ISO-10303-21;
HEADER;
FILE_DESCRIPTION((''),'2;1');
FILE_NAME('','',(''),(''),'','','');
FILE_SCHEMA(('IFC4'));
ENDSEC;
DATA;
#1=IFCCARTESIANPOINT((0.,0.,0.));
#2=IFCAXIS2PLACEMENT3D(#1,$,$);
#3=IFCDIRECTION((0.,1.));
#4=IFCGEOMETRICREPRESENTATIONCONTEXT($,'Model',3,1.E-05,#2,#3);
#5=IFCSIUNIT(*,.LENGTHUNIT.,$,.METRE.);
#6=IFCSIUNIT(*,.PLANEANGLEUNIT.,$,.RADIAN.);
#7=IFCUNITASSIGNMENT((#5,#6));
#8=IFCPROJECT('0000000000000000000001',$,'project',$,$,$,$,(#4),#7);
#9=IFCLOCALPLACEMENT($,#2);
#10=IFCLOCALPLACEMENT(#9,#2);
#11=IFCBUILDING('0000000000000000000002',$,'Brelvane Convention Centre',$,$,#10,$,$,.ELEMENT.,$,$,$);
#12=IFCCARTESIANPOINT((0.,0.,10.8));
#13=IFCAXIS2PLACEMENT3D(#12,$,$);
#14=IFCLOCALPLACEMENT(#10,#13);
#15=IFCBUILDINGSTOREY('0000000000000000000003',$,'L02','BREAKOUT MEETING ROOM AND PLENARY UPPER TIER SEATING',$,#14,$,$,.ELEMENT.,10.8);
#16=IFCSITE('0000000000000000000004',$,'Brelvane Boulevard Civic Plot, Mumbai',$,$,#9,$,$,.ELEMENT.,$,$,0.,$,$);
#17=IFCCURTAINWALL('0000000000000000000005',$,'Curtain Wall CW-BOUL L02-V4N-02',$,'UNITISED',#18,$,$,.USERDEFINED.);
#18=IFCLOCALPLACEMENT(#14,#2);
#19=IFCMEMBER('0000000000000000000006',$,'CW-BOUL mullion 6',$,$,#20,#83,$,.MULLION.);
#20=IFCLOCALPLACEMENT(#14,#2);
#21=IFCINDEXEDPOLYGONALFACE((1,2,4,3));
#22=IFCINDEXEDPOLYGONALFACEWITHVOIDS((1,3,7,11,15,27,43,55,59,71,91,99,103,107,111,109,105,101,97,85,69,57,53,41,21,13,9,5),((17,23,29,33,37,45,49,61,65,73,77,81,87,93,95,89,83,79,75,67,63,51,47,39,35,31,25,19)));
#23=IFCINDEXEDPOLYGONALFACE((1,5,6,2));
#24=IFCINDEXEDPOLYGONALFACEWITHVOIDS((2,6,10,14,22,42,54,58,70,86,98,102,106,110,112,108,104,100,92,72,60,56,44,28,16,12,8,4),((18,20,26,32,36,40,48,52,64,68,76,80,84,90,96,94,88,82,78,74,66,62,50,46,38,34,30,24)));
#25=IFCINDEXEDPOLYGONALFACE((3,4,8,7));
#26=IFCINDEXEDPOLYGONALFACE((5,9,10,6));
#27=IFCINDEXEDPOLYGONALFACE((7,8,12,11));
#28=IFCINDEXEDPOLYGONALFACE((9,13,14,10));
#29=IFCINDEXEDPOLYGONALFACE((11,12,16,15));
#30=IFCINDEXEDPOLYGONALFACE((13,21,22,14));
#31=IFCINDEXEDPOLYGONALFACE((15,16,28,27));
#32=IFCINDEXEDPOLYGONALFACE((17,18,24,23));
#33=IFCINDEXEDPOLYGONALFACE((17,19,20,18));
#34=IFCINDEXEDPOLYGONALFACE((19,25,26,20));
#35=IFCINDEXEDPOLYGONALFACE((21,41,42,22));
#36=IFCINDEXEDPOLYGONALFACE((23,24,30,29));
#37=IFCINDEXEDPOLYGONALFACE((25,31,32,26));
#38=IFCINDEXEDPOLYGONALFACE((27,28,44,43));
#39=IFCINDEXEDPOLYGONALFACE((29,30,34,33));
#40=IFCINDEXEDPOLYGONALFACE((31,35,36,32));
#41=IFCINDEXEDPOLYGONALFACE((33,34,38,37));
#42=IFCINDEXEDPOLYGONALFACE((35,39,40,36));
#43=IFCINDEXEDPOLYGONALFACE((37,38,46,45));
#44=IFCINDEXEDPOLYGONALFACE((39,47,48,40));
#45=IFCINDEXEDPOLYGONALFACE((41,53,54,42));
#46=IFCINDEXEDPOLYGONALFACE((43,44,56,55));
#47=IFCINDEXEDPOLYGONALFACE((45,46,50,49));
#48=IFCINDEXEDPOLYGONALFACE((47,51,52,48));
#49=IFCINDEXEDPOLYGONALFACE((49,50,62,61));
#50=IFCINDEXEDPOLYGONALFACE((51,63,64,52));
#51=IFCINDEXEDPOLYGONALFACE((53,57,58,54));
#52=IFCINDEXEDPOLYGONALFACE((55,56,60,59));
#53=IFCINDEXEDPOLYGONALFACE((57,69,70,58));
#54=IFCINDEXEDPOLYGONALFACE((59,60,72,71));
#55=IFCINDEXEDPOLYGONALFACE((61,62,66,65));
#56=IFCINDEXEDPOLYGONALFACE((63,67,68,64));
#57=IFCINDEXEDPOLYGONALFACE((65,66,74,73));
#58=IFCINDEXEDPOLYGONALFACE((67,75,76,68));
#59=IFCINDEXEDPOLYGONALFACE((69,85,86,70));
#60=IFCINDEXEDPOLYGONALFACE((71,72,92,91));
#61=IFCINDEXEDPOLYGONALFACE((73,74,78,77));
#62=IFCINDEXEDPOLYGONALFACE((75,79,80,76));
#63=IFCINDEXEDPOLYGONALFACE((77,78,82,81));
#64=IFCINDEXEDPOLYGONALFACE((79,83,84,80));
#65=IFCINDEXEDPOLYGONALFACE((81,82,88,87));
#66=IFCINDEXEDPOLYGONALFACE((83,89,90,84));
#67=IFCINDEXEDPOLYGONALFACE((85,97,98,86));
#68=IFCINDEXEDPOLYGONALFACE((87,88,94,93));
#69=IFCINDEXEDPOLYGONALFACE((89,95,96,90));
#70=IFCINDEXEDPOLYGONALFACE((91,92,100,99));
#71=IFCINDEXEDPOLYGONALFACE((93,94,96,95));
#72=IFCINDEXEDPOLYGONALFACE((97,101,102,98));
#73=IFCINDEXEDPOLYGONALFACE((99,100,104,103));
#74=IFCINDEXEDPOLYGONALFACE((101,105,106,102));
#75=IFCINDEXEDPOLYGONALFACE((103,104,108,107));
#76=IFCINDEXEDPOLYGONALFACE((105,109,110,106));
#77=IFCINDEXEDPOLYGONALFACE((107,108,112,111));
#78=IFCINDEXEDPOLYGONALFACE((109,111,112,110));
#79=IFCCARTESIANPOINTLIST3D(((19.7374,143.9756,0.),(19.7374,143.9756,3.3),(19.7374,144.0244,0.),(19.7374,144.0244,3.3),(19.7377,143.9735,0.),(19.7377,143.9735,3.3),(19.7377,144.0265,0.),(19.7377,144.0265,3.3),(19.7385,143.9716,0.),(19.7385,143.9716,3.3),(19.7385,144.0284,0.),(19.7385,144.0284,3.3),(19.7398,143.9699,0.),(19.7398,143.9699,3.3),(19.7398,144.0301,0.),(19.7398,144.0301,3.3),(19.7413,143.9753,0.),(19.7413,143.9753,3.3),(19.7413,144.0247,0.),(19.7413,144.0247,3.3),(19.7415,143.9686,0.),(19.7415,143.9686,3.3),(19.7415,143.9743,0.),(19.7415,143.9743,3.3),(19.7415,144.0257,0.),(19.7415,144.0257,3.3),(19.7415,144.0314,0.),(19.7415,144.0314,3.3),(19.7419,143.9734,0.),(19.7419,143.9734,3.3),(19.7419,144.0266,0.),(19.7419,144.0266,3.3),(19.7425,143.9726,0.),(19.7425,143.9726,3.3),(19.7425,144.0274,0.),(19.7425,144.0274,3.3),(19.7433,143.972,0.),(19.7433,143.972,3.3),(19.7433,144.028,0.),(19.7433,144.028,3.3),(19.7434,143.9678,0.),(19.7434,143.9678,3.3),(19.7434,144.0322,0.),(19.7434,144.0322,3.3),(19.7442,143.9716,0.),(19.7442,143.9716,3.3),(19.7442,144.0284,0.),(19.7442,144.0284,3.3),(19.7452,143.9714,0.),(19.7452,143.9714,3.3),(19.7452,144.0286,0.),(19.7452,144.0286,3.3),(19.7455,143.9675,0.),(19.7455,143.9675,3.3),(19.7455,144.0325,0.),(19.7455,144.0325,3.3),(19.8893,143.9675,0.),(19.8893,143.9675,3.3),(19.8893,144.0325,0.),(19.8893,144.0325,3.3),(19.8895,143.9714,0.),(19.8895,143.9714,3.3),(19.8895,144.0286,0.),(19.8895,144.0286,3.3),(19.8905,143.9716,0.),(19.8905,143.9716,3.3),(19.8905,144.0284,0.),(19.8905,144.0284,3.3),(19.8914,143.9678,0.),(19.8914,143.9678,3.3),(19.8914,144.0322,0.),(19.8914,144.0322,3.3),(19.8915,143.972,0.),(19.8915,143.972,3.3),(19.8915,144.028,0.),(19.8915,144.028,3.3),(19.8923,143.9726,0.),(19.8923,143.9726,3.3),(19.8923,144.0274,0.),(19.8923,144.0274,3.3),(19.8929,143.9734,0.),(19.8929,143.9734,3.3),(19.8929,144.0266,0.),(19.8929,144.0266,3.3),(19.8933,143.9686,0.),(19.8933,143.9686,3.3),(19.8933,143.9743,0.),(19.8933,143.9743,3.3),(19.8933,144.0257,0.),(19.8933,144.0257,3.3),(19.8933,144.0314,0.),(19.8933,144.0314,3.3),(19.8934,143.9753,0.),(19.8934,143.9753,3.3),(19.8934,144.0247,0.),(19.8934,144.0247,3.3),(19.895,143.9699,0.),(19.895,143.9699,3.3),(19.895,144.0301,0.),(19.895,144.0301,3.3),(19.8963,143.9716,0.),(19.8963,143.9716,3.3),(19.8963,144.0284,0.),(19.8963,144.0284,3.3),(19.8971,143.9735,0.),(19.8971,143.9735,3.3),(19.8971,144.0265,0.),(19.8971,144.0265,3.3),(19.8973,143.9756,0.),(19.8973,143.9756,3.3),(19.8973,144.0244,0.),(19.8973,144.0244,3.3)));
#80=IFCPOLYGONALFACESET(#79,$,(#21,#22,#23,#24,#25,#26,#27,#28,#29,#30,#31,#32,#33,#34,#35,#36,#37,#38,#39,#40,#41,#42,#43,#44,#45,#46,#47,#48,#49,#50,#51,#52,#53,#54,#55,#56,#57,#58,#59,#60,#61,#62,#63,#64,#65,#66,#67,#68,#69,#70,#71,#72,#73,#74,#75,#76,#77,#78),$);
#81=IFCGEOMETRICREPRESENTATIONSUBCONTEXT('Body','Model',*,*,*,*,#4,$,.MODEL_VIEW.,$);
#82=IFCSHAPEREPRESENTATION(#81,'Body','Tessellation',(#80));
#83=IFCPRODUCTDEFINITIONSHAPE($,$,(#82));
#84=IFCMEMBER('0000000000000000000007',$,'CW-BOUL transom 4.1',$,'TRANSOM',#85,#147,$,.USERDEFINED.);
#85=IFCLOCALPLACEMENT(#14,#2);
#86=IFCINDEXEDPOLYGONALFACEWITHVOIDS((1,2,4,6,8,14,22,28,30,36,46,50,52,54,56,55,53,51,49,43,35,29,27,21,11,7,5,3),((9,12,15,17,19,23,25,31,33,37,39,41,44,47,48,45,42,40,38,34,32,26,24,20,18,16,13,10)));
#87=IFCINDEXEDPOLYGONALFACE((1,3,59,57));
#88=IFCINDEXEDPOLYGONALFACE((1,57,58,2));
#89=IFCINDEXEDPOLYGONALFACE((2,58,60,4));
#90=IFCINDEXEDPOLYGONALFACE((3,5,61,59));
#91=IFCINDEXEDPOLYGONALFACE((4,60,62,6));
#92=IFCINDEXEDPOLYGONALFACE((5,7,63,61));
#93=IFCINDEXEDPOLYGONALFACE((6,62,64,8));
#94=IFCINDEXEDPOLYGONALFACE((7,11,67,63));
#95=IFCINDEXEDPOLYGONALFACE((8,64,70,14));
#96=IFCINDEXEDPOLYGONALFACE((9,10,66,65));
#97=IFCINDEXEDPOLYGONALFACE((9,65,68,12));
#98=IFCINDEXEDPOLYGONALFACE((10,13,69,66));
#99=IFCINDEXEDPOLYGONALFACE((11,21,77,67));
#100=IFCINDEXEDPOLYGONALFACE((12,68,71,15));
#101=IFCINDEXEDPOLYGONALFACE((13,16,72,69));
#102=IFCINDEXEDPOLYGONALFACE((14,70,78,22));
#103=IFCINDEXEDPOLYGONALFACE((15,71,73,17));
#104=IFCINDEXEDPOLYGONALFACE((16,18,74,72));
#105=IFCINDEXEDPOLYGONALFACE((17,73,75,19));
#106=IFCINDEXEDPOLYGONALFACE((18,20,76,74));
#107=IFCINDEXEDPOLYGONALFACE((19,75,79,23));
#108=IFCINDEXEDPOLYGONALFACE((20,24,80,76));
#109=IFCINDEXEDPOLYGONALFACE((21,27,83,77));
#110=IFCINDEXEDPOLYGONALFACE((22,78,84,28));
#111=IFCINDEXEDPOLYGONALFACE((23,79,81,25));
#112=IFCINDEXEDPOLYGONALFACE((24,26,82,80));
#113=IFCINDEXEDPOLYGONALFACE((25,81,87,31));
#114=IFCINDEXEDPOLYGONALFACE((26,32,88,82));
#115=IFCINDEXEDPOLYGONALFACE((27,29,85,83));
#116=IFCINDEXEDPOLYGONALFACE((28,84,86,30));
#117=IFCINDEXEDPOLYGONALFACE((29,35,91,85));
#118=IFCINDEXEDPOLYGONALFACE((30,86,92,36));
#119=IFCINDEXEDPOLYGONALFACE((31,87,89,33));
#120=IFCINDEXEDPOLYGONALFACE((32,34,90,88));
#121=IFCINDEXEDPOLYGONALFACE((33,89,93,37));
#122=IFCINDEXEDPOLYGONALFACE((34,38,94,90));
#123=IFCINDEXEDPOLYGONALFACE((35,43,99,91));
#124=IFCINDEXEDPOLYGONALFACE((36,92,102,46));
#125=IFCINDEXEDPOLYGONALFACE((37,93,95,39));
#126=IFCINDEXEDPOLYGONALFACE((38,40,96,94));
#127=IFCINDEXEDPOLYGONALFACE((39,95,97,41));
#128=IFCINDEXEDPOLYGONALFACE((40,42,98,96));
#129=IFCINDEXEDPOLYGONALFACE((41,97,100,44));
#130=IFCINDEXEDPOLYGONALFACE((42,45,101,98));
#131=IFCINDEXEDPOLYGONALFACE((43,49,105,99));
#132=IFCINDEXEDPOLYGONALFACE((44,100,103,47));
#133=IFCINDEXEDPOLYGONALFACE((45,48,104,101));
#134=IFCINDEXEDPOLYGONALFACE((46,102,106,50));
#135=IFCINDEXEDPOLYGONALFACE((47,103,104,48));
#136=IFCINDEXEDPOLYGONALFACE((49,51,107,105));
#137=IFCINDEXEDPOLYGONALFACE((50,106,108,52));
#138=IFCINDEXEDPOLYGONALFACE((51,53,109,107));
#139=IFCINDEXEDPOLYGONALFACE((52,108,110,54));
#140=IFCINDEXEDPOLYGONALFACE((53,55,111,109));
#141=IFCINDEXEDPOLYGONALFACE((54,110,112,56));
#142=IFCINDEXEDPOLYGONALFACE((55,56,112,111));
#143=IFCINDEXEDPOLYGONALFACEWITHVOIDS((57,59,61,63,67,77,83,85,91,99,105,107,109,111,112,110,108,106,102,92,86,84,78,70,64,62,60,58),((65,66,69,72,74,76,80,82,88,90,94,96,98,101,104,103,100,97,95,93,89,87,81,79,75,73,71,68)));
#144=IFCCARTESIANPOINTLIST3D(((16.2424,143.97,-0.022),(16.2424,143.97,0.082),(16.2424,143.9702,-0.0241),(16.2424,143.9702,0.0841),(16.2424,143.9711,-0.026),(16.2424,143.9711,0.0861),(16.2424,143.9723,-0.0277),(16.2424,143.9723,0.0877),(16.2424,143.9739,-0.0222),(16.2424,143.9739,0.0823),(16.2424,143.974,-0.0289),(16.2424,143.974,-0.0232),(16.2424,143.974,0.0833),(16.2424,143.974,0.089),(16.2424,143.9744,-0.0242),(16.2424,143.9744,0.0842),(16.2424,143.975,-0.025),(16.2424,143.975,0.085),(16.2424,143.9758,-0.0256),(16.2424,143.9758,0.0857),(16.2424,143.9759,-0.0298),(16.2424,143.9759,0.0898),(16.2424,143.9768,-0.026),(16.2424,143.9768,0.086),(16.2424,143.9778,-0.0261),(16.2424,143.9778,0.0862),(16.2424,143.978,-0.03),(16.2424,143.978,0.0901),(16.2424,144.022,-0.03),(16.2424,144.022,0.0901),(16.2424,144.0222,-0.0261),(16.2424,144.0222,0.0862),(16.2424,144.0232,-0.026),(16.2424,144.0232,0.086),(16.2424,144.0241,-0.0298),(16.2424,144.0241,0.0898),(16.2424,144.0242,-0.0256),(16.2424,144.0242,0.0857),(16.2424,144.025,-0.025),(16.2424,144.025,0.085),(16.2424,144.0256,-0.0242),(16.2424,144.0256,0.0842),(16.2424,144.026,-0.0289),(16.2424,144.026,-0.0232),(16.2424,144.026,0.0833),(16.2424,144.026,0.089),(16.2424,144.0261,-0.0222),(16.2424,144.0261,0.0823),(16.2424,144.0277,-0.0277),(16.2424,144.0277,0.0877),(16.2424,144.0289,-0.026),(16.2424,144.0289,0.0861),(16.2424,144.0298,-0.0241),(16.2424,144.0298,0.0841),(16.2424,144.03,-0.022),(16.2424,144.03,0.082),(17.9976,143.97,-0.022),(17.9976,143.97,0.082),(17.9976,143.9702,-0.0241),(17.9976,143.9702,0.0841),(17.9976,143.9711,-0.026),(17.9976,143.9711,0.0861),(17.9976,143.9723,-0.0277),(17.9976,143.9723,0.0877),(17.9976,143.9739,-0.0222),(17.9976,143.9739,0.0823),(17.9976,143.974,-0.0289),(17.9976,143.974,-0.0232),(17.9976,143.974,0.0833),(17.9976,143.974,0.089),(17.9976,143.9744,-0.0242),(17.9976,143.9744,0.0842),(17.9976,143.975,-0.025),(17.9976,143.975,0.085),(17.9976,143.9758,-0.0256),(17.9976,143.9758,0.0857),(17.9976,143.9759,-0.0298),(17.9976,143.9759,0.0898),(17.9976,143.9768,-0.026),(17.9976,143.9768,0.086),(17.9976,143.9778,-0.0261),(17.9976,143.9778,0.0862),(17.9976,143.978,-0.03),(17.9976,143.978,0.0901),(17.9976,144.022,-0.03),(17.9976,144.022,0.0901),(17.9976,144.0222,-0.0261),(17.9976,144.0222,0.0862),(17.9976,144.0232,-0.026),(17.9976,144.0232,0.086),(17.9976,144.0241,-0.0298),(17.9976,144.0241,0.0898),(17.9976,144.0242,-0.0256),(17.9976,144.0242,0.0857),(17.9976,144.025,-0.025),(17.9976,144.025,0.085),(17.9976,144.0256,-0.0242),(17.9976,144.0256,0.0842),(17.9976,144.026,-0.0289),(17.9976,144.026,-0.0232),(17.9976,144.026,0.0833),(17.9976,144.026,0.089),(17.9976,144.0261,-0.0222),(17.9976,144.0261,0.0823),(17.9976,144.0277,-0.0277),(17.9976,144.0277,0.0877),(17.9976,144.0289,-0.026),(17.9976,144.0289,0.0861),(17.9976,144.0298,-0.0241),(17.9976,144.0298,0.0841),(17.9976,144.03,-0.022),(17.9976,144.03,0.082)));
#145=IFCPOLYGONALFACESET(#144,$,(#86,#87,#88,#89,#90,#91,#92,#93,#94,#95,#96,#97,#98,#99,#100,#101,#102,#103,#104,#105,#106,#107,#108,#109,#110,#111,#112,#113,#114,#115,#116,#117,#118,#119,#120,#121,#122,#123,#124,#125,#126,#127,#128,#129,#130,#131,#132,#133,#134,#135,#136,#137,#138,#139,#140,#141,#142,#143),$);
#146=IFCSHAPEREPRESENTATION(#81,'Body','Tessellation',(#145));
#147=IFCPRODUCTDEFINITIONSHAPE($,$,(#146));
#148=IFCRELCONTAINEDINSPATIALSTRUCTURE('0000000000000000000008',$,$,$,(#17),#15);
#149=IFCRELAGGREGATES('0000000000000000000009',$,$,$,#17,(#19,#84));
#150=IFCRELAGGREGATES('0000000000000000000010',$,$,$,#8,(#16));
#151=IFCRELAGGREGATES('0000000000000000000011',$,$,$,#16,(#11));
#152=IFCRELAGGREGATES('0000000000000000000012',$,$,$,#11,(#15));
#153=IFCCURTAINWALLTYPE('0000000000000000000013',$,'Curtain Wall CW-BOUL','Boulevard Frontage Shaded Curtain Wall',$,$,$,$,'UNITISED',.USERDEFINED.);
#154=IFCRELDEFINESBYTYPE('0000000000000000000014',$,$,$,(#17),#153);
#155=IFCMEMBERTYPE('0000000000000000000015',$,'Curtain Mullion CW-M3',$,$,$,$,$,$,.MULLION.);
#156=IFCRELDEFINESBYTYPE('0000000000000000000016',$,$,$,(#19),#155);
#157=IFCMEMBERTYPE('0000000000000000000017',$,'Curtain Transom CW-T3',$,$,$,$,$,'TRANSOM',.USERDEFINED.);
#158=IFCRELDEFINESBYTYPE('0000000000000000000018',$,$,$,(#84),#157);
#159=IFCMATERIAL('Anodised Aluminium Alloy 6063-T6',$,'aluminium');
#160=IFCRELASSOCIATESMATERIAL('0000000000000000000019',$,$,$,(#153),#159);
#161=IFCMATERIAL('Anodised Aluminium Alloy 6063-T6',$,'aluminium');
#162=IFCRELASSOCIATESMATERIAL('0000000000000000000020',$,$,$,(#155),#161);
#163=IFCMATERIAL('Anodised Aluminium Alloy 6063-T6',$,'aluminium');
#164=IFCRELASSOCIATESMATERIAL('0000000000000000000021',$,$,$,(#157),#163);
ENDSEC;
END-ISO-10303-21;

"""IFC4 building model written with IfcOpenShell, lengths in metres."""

from ifc_helpers import new_model, si_unit, direction, frame, origin, origin_2d, place, context, subcontext, project, spatial, hollow_rectangle, extrude, material, material_profile, profile_set, type_object, element, aggregate, save


model = new_model("IFC4")

# Units and contexts
model_context = context("Model", 3, precision=1e-05, world=origin(), true_north=direction((0.0, 1.0)))
body_context = subcontext(model_context, "Body", "Model", "MODEL_VIEW")
ifc_project = project(units=[si_unit("LENGTHUNIT", "METRE"), si_unit("PLANEANGLEUNIT", "RADIAN")], contexts=[model_context])

# Site, building, storey
site_placement = place(None, origin())
site = spatial("IfcSite", under=ifc_project, at=site_placement, Name="Brelvane Boulevard Civic Plot, Mumbai", CompositionType="ELEMENT", RefElevation=0.0)
building_placement = place(site_placement, origin())
building = spatial("IfcBuilding", under=site, at=building_placement, Name="Brelvane Convention Centre", CompositionType="ELEMENT")
storey_placement = place(building_placement, frame((0.0, 0.0, 10.8)))
storey = spatial("IfcBuildingStorey", under=building, at=storey_placement, Name="L02", Description="BREAKOUT MEETING ROOM AND PLENARY UPPER TIER SEATING", CompositionType="ELEMENT", Elevation=10.8)

# Curtain wall, members
ifc_material_1 = material(Name="Anodised Aluminium Alloy 6063-T6", Category="aluminium")
curtain_wall_type = type_object("IfcCurtainWallType", Name="Curtain Wall CW-BOUL", Description="Boulevard Frontage Shaded Curtain Wall", ElementType="UNITISED", PredefinedType="USERDEFINED", material=ifc_material_1)
curtain_wall_placement = place(storey_placement, origin())
curtain_wall = element("IfcCurtainWall", 1, at=curtain_wall_placement, inside=storey, type_object=curtain_wall_type, Name="Curtain Wall CW-BOUL L02-V4N-02", ObjectType="UNITISED", PredefinedType="USERDEFINED")
ifc_material_2 = material(Name="Anodised Aluminium Alloy 6063-T6", Category="aluminium")
ifc_material_profile_1 = material_profile(ifc_material_2, hollow_rectangle(XDim=0.0649, YDim=0.1599, WallThickness=0.0039, InnerFilletRadius=0.0039, OuterFilletRadius=0.0081, at=origin_2d()), Name="ALU-M 160x65x4.0")
ifc_profile_set_1 = profile_set([ifc_material_profile_1], Name="Anodised Aluminium Alloy 6063-T6")
member_type_1 = type_object("IfcMemberType", Name="Curtain Mullion CW-M3", PredefinedType="MULLION", material=ifc_profile_set_1)
member_1_placement = place(storey_placement, frame((19.8174, 144.0, 0.0), z_axis=(0.0, 0.0, 1.0), x_axis=(0.0, 1.0, 0.0)))
member_1 = element("IfcMember", 2, at=member_1_placement, type_object=member_type_1, Name="CW-BOUL mullion 6", PredefinedType="MULLION", context=body_context, shape_type="SweptSolid", body=[
    extrude(hollow_rectangle(XDim=0.0649, YDim=0.1599, WallThickness=0.0039, InnerFilletRadius=0.0039, OuterFilletRadius=0.0081, at=origin_2d()), origin(), (0.0, 0.0, 1.0), 3.3),
])
ifc_material_3 = material(Name="Anodised Aluminium Alloy 6063-T6", Category="aluminium")
ifc_material_profile_2 = material_profile(ifc_material_3, hollow_rectangle(XDim=0.0601, YDim=0.1201, WallThickness=0.0039, InnerFilletRadius=0.0039, OuterFilletRadius=0.0081, at=origin_2d()), Name="ALU-T 120x60x4.0")
ifc_profile_set_2 = profile_set([ifc_material_profile_2], Name="Anodised Aluminium Alloy 6063-T6")
member_type_2 = type_object("IfcMemberType", Name="Curtain Transom CW-T3", ElementType="TRANSOM", PredefinedType="USERDEFINED", material=ifc_profile_set_2)
member_2_placement = place(storey_placement, frame((16.2424, 144.0, 0.03), z_axis=(1.0, 0.0, 0.0), x_axis=(0.0, 1.0, 0.0)))
member_2 = element("IfcMember", 3, at=member_2_placement, type_object=member_type_2, Name="CW-BOUL transom 4.1", ObjectType="TRANSOM", PredefinedType="USERDEFINED", context=body_context, shape_type="SweptSolid", body=[
    extrude(hollow_rectangle(XDim=0.0601, YDim=0.1201, WallThickness=0.0039, InnerFilletRadius=0.0039, OuterFilletRadius=0.0081, at=origin_2d()), origin(), (0.0, 0.0, 1.0), 1.7551),
])

aggregate(curtain_wall, [member_1, member_2])

save(model, "model.ifc")
